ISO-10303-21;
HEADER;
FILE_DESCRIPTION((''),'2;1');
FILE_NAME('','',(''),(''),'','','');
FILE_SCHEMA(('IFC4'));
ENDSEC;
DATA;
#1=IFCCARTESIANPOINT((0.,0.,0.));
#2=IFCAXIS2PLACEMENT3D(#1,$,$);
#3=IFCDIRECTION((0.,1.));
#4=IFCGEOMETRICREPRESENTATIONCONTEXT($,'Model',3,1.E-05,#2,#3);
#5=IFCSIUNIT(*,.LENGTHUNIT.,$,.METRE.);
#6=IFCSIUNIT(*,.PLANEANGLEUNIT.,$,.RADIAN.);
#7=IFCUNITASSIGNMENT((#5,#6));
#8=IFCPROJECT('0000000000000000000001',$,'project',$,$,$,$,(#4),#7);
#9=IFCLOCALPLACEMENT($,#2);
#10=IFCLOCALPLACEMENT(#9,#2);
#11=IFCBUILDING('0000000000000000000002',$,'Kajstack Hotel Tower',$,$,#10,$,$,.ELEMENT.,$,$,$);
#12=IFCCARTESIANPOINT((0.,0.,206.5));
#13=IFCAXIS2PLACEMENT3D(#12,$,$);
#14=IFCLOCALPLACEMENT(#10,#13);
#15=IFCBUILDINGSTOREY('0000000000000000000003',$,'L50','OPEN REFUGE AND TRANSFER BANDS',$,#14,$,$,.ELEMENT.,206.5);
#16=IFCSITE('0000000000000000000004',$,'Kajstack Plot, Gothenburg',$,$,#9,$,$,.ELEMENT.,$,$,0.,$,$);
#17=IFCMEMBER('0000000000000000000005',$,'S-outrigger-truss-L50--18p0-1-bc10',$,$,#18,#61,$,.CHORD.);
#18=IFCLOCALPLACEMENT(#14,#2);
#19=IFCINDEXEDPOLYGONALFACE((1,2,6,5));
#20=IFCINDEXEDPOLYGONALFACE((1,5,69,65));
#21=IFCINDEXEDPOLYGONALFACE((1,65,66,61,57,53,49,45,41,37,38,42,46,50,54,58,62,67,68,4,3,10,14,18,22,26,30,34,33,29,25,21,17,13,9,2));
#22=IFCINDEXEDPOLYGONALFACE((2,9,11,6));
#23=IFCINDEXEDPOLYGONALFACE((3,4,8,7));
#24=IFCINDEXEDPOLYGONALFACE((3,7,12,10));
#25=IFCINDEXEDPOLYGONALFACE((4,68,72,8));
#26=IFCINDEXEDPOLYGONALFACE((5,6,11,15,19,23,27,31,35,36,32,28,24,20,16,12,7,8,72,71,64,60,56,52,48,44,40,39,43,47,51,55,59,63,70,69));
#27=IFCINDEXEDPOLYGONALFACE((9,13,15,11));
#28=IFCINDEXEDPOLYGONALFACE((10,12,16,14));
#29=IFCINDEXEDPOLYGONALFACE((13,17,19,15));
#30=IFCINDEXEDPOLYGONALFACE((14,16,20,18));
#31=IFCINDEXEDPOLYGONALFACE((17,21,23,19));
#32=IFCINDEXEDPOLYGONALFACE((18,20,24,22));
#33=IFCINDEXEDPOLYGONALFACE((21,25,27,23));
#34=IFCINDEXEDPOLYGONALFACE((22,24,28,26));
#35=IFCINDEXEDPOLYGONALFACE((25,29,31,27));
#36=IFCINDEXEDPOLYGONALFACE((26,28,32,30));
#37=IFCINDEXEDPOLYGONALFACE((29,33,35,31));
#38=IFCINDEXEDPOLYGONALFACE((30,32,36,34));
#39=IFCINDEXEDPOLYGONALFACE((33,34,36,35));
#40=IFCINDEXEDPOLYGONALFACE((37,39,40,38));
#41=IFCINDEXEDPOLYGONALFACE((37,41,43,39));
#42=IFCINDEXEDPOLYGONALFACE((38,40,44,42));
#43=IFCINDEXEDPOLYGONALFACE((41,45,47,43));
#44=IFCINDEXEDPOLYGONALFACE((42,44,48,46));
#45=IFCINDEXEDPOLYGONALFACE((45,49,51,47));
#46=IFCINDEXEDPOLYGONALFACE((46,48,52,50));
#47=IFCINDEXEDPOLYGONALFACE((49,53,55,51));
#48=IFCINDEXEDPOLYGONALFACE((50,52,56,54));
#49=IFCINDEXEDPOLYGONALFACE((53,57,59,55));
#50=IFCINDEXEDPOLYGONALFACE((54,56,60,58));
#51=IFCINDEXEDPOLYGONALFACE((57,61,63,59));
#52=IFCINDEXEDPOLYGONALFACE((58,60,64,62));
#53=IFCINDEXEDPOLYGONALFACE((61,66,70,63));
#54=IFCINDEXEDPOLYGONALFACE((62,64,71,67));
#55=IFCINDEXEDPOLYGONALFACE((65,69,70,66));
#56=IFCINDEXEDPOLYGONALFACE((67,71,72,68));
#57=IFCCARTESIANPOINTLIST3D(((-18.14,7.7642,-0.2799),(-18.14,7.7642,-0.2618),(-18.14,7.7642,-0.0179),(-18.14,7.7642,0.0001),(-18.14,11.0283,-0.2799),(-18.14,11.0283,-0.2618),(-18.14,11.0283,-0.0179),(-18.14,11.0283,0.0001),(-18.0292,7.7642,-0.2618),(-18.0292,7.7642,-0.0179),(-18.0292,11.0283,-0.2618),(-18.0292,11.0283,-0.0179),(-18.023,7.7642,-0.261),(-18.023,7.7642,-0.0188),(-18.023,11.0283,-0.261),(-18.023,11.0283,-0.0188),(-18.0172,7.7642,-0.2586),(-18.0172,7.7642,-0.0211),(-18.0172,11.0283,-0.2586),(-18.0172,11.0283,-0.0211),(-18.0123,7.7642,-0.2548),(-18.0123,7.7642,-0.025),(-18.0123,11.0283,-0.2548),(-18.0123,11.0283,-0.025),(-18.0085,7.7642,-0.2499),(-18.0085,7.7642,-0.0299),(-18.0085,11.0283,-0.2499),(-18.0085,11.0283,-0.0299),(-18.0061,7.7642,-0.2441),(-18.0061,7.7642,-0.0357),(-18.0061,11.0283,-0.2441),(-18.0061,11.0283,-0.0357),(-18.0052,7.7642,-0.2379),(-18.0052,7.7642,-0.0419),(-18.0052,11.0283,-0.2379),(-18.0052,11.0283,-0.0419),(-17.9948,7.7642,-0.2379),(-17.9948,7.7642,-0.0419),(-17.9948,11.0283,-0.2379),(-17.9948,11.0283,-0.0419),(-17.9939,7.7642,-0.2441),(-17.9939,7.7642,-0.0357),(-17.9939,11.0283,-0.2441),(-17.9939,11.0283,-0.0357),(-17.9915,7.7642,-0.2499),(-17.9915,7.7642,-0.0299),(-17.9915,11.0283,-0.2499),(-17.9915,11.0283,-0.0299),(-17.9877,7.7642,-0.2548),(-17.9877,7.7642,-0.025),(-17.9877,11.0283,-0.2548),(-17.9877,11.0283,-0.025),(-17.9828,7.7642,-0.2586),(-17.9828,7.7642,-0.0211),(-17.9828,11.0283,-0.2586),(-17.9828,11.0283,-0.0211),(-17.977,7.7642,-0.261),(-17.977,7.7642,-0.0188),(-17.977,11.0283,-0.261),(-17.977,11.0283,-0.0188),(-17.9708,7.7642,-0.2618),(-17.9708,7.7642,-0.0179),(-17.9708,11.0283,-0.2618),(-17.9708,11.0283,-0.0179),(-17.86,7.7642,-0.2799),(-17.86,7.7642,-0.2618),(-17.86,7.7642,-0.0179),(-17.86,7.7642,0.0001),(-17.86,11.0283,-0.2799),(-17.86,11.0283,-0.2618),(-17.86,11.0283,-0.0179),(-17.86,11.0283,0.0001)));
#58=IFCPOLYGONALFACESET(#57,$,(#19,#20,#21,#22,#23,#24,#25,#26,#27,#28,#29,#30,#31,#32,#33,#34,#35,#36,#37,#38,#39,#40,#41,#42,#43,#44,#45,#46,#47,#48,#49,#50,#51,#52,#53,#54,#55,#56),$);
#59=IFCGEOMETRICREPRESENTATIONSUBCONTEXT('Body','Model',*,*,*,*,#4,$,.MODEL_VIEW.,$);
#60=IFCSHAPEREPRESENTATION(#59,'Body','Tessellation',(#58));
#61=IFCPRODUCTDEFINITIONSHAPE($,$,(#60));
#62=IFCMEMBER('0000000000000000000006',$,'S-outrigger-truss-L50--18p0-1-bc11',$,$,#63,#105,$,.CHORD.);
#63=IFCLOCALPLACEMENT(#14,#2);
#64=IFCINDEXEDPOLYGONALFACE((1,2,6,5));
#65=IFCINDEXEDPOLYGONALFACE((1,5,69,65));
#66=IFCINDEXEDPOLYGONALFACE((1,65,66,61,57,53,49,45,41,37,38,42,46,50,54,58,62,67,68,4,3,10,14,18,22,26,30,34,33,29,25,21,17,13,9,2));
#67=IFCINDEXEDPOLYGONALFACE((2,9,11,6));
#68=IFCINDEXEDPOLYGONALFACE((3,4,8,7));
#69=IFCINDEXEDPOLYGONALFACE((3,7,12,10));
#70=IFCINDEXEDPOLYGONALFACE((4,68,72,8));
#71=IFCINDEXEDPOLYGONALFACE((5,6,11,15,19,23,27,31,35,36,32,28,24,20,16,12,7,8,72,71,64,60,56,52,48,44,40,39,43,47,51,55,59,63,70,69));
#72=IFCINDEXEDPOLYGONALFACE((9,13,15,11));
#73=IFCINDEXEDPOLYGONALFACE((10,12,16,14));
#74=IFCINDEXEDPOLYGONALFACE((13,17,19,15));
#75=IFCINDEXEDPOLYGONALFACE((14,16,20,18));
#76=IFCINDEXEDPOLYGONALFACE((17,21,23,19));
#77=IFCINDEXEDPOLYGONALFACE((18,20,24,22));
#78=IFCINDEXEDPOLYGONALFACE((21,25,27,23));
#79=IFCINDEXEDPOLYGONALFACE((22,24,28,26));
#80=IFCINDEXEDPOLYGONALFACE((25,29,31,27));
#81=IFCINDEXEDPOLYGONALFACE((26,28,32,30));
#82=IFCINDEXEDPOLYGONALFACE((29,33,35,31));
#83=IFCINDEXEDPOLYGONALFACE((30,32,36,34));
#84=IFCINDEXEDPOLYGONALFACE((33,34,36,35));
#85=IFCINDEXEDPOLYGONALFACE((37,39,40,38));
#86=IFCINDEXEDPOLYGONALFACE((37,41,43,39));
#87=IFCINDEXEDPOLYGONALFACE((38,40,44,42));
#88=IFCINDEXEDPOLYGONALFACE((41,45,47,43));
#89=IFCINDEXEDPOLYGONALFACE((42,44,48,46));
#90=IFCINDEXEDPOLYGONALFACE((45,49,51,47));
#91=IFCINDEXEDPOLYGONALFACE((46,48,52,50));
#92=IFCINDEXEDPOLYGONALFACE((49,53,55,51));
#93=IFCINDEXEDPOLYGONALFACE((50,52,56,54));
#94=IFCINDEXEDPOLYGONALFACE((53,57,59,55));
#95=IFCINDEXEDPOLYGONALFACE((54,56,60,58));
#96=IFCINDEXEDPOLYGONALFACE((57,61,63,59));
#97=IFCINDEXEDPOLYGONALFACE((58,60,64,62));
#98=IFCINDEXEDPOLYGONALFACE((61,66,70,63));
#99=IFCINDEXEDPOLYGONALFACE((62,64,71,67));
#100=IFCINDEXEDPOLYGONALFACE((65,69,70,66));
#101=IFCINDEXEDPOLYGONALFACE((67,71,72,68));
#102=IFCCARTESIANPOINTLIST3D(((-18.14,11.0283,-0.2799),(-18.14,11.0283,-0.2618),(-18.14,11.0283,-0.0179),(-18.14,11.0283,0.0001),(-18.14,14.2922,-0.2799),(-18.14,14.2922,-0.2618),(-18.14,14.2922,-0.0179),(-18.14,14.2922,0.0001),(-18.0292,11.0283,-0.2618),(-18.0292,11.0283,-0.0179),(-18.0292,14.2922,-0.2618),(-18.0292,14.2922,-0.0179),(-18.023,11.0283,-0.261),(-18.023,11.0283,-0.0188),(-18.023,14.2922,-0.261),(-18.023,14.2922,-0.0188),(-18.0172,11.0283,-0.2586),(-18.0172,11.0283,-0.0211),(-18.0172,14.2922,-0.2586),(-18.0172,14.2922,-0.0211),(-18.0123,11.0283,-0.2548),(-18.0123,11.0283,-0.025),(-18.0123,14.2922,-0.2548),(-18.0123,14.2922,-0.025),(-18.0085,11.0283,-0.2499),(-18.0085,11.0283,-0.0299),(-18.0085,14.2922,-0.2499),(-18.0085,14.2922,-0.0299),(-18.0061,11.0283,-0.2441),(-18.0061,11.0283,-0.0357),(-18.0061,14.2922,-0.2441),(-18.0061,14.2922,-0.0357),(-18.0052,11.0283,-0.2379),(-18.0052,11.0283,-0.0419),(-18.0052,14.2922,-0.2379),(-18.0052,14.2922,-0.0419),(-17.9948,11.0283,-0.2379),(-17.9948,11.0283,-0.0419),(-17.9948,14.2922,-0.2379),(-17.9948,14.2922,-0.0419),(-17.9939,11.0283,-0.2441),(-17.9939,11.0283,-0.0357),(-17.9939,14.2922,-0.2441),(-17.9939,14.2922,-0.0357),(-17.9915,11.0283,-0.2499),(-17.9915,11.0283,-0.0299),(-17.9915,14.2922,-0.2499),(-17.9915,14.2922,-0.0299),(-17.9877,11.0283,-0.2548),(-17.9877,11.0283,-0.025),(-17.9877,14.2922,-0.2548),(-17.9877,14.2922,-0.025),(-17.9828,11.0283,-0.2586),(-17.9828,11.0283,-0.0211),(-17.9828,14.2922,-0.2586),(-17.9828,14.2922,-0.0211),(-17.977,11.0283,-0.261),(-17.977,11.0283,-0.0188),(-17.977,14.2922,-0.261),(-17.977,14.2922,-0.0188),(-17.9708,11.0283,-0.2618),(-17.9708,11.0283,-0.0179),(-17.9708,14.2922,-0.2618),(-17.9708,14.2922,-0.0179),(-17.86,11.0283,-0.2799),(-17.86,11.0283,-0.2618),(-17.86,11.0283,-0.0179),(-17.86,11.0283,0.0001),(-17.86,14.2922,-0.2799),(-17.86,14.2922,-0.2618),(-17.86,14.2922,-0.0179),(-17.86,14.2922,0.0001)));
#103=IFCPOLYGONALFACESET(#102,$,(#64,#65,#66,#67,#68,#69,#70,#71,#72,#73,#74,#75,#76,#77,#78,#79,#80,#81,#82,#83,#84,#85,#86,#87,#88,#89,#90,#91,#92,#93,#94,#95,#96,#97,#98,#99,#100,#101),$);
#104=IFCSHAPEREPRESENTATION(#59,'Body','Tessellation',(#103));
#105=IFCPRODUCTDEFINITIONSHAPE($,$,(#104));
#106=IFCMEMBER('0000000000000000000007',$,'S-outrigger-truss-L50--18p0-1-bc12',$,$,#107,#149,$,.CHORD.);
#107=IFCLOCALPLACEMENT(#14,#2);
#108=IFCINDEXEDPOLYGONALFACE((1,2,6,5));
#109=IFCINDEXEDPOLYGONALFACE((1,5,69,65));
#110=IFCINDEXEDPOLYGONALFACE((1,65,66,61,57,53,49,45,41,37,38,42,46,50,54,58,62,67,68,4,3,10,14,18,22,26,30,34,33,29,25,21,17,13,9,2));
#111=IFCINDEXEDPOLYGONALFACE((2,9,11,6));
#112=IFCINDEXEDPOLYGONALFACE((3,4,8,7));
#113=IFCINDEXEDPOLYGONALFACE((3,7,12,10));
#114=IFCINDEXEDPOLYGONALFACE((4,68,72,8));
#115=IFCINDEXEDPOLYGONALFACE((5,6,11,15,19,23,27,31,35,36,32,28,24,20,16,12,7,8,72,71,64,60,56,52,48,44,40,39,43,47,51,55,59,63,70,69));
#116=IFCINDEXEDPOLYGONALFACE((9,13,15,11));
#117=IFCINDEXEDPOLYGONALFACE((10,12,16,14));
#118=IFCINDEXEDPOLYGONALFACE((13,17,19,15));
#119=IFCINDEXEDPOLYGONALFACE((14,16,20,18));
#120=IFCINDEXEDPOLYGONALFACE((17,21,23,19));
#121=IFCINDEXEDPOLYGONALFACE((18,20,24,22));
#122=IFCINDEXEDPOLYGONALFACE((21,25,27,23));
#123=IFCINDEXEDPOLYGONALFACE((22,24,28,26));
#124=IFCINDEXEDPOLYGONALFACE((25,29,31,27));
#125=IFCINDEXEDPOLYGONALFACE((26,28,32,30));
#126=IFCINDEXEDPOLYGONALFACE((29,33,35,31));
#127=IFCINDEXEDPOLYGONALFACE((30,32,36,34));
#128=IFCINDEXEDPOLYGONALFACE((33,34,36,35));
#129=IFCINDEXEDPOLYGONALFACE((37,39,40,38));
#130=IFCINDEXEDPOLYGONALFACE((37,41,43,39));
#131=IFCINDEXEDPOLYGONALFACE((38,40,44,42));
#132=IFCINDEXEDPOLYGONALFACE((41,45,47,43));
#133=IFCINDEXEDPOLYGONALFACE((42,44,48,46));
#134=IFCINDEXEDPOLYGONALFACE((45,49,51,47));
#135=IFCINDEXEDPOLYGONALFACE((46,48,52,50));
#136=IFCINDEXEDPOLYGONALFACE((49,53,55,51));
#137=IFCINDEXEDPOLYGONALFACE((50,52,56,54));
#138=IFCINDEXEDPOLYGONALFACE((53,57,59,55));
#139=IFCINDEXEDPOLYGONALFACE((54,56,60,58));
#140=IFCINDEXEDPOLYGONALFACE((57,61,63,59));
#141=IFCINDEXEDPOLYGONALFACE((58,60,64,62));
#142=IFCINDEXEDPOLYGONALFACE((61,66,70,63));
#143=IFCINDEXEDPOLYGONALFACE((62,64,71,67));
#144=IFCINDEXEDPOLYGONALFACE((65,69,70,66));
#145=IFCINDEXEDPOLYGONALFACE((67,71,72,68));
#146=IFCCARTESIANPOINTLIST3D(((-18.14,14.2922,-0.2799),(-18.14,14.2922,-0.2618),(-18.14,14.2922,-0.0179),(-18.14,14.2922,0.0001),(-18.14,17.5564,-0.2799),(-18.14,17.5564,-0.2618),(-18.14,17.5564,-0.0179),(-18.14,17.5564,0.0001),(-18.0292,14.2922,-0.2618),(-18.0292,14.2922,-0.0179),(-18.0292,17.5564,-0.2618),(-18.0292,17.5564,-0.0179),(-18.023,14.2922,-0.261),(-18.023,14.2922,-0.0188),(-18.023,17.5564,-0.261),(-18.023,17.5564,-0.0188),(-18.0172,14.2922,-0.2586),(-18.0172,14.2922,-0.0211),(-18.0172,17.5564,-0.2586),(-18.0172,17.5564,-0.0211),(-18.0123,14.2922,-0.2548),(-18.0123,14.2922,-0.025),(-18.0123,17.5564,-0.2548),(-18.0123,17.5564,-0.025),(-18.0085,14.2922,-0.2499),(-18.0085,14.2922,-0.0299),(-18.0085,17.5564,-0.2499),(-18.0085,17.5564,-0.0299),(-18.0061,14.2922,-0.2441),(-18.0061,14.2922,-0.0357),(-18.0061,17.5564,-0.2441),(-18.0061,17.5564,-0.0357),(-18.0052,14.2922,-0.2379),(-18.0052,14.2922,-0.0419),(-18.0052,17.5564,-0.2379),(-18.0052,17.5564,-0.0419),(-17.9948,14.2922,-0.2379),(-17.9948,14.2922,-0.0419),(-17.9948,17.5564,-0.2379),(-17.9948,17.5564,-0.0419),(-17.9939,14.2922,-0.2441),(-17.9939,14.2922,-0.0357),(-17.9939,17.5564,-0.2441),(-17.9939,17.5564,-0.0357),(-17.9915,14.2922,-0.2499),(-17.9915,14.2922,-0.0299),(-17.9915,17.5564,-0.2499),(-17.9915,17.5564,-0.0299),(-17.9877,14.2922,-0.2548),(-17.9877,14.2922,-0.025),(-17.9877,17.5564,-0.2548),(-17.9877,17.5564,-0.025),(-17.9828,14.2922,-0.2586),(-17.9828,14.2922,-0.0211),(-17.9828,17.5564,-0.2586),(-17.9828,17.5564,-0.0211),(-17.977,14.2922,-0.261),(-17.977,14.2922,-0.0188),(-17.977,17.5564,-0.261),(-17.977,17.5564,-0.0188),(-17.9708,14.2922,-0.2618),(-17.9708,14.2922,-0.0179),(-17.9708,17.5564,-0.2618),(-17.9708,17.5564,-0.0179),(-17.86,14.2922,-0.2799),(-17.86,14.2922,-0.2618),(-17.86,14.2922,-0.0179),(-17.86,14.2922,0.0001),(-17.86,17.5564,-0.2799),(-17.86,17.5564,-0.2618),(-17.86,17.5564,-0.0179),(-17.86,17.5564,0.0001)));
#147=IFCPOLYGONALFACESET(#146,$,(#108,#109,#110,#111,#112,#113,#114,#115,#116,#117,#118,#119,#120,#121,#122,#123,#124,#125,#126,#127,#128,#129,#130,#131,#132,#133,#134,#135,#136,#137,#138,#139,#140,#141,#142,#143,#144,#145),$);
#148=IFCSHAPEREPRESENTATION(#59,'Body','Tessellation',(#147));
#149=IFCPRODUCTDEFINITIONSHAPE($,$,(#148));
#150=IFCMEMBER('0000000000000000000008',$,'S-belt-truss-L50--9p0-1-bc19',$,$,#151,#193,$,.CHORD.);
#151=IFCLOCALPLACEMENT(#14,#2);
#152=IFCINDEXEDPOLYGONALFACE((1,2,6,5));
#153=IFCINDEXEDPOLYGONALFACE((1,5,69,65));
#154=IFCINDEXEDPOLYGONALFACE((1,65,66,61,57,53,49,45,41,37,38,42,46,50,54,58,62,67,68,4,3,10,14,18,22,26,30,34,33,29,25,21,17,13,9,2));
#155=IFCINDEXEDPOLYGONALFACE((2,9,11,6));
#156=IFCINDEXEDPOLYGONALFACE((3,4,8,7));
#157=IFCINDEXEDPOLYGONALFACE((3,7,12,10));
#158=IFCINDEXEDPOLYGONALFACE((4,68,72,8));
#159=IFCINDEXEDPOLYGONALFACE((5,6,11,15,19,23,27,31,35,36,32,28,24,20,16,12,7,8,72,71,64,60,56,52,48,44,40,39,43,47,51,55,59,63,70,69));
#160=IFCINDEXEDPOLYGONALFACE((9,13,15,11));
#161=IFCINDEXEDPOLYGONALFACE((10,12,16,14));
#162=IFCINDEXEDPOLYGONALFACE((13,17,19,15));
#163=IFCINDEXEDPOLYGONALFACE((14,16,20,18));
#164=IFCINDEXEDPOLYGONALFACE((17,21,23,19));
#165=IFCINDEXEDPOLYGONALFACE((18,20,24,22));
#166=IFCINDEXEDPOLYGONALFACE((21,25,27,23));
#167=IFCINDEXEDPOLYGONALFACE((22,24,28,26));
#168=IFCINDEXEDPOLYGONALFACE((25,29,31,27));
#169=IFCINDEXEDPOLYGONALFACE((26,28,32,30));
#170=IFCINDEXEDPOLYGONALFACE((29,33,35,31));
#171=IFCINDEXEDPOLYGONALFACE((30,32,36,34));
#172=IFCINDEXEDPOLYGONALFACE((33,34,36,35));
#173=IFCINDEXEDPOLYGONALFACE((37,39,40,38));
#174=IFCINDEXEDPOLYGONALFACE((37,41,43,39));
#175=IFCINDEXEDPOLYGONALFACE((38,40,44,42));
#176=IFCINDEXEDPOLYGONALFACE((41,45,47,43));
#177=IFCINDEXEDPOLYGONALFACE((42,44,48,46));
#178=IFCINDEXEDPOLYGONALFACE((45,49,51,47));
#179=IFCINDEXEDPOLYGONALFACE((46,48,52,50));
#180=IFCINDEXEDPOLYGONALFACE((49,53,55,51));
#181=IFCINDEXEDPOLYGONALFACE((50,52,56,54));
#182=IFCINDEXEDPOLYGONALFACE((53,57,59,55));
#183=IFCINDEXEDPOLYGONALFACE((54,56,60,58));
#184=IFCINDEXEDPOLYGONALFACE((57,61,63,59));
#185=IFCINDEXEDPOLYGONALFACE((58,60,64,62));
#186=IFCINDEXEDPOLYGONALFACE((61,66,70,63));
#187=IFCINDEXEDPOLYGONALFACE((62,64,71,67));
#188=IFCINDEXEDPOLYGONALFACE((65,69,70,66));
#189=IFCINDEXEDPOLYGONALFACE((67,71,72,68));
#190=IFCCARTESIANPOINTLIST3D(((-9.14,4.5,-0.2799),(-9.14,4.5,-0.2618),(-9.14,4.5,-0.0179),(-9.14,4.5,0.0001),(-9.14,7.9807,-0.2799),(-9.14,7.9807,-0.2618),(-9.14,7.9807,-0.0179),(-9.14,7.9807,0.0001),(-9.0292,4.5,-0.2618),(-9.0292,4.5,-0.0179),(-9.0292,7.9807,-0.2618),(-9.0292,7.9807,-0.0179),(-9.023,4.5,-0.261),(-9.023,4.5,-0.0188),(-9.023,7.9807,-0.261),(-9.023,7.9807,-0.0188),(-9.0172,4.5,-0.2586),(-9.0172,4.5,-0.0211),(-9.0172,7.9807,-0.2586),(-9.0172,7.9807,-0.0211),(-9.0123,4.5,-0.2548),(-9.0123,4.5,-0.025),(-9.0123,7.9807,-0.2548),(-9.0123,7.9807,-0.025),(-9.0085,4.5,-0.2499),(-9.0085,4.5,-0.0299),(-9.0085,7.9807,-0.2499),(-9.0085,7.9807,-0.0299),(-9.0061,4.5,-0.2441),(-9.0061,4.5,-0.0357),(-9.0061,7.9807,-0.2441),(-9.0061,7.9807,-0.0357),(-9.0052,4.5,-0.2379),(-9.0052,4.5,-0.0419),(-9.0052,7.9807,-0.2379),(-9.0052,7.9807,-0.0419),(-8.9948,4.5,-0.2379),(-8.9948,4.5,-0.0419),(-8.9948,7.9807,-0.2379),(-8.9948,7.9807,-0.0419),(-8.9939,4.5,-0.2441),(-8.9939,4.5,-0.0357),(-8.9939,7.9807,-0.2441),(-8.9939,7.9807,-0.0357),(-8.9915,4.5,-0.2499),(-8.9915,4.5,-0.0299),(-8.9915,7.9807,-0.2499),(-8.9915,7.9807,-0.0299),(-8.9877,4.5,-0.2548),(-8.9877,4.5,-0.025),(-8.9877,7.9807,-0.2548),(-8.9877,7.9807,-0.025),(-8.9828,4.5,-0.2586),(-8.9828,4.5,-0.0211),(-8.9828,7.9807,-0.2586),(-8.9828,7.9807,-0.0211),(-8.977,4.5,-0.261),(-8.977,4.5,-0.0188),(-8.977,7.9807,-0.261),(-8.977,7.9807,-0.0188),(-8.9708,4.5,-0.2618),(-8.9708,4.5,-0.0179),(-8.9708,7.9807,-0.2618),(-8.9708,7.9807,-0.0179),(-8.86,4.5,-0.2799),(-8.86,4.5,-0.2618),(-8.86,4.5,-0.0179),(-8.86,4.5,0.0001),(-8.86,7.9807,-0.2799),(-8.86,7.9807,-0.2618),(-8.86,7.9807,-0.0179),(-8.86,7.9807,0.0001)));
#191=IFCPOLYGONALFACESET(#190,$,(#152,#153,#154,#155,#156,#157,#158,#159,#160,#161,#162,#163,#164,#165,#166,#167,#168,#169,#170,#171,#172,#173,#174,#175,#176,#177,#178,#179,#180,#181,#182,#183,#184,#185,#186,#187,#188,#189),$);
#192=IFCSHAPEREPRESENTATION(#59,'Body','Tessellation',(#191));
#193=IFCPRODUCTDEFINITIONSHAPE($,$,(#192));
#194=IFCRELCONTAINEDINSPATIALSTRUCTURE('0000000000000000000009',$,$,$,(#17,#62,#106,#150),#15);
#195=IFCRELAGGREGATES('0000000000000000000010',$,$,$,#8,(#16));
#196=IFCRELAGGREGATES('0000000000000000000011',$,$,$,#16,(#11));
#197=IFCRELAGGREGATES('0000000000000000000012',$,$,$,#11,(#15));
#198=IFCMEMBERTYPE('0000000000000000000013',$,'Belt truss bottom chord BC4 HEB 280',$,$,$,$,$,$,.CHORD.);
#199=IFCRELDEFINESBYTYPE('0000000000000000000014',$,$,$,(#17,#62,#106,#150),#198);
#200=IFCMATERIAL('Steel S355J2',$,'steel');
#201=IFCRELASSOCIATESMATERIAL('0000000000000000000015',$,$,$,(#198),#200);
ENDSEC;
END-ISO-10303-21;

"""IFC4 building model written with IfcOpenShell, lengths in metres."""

from ifc_helpers import new_model, si_unit, direction, frame, origin, origin_2d, place, context, subcontext, project, spatial, i_section, extrude, material, material_profile, profile_set, type_object, element, save


model = new_model("IFC4")

# Units and contexts
model_context = context("Model", 3, precision=1e-05, world=origin(), true_north=direction((0.0, 1.0)))
body_context = subcontext(model_context, "Body", "Model", "MODEL_VIEW")
ifc_project = project(units=[si_unit("LENGTHUNIT", "METRE"), si_unit("PLANEANGLEUNIT", "RADIAN")], contexts=[model_context])

# Site, building, storey
site_placement = place(None, origin())
site = spatial("IfcSite", under=ifc_project, at=site_placement, Name="Kajstack Plot, Gothenburg", CompositionType="ELEMENT", RefElevation=0.0)
building_placement = place(site_placement, origin())
building = spatial("IfcBuilding", under=site, at=building_placement, Name="Kajstack Hotel Tower", CompositionType="ELEMENT")
storey_placement = place(building_placement, frame((0.0, 0.0, 206.5)))
storey = spatial("IfcBuildingStorey", under=building, at=storey_placement, Name="L50", Description="OPEN REFUGE AND TRANSFER BANDS", CompositionType="ELEMENT", Elevation=206.5)

# Members
ifc_material = material(Name="Steel S355J2", Category="steel")
ifc_material_profile_1 = material_profile(ifc_material, i_section(OverallWidth=0.28, OverallDepth=0.28, WebThickness=0.0105, FlangeThickness=0.0181, FilletRadius=0.0239, at=origin_2d()), Name="HEB 280")
ifc_profile_set_1 = profile_set([ifc_material_profile_1], Name="Steel S355J2")
member_type_1 = type_object("IfcMemberType", Name="Belt truss bottom chord BC4 HEB 280", PredefinedType="CHORD", material=ifc_profile_set_1)
member_1_placement = place(storey_placement, frame((-18.0, 7.7642, -0.1399), z_axis=(0.0, 1.0, 0.0), x_axis=(-1.0, 0.0, 0.0)))
element("IfcMember", 1, at=member_1_placement, inside=storey, type_object=member_type_1, Name="S-outrigger-truss-L50--18p0-1-bc10", PredefinedType="CHORD", context=body_context, shape_type="SweptSolid", body=[
    extrude(i_section(OverallWidth=0.28, OverallDepth=0.28, WebThickness=0.0105, FlangeThickness=0.0181, FilletRadius=0.0239, at=origin_2d()), origin(), (0.0, 0.0, 1.0), 3.2642),
])
member_2_placement = place(storey_placement, frame((-18.0, 11.0283, -0.1399), z_axis=(0.0, 1.0, 0.0), x_axis=(-1.0, 0.0, 0.0)))
element("IfcMember", 2, at=member_2_placement, inside=storey, type_object=member_type_1, Name="S-outrigger-truss-L50--18p0-1-bc11", PredefinedType="CHORD", context=body_context, shape_type="SweptSolid", body=[
    extrude(i_section(OverallWidth=0.28, OverallDepth=0.28, WebThickness=0.0105, FlangeThickness=0.0181, FilletRadius=0.0239, at=origin_2d()), origin(), (0.0, 0.0, 1.0), 3.2639),
])
member_3_placement = place(storey_placement, frame((-18.0, 14.2922, -0.1399), z_axis=(0.0, 1.0, 0.0), x_axis=(-1.0, 0.0, 0.0)))
element("IfcMember", 3, at=member_3_placement, inside=storey, type_object=member_type_1, Name="S-outrigger-truss-L50--18p0-1-bc12", PredefinedType="CHORD", context=body_context, shape_type="SweptSolid", body=[
    extrude(i_section(OverallWidth=0.28, OverallDepth=0.28, WebThickness=0.0105, FlangeThickness=0.0181, FilletRadius=0.0239, at=origin_2d()), origin(), (0.0, 0.0, 1.0), 3.2642),
])
for number, where, z_axis, x_axis, name in (
    (4, (-9.0, 4.5, -0.1399), (0.0, 1.0, 0.0), (-1.0, 0.0, 0.0), "S-belt-truss-L50--9p0-1-bc19"),
):
    element("IfcMember", number, at=place(storey_placement, frame(where, z_axis=z_axis, x_axis=x_axis)), inside=storey, type_object=member_type_1, Name=name, PredefinedType="CHORD", context=body_context, shape_type="SweptSolid", body=[
        extrude(i_section(OverallWidth=0.28, OverallDepth=0.28, WebThickness=0.0105, FlangeThickness=0.0181, FilletRadius=0.0239, at=origin_2d()), origin(), (0.0, 0.0, 1.0), 3.4807),
    ])

save(model, "model.ifc")
